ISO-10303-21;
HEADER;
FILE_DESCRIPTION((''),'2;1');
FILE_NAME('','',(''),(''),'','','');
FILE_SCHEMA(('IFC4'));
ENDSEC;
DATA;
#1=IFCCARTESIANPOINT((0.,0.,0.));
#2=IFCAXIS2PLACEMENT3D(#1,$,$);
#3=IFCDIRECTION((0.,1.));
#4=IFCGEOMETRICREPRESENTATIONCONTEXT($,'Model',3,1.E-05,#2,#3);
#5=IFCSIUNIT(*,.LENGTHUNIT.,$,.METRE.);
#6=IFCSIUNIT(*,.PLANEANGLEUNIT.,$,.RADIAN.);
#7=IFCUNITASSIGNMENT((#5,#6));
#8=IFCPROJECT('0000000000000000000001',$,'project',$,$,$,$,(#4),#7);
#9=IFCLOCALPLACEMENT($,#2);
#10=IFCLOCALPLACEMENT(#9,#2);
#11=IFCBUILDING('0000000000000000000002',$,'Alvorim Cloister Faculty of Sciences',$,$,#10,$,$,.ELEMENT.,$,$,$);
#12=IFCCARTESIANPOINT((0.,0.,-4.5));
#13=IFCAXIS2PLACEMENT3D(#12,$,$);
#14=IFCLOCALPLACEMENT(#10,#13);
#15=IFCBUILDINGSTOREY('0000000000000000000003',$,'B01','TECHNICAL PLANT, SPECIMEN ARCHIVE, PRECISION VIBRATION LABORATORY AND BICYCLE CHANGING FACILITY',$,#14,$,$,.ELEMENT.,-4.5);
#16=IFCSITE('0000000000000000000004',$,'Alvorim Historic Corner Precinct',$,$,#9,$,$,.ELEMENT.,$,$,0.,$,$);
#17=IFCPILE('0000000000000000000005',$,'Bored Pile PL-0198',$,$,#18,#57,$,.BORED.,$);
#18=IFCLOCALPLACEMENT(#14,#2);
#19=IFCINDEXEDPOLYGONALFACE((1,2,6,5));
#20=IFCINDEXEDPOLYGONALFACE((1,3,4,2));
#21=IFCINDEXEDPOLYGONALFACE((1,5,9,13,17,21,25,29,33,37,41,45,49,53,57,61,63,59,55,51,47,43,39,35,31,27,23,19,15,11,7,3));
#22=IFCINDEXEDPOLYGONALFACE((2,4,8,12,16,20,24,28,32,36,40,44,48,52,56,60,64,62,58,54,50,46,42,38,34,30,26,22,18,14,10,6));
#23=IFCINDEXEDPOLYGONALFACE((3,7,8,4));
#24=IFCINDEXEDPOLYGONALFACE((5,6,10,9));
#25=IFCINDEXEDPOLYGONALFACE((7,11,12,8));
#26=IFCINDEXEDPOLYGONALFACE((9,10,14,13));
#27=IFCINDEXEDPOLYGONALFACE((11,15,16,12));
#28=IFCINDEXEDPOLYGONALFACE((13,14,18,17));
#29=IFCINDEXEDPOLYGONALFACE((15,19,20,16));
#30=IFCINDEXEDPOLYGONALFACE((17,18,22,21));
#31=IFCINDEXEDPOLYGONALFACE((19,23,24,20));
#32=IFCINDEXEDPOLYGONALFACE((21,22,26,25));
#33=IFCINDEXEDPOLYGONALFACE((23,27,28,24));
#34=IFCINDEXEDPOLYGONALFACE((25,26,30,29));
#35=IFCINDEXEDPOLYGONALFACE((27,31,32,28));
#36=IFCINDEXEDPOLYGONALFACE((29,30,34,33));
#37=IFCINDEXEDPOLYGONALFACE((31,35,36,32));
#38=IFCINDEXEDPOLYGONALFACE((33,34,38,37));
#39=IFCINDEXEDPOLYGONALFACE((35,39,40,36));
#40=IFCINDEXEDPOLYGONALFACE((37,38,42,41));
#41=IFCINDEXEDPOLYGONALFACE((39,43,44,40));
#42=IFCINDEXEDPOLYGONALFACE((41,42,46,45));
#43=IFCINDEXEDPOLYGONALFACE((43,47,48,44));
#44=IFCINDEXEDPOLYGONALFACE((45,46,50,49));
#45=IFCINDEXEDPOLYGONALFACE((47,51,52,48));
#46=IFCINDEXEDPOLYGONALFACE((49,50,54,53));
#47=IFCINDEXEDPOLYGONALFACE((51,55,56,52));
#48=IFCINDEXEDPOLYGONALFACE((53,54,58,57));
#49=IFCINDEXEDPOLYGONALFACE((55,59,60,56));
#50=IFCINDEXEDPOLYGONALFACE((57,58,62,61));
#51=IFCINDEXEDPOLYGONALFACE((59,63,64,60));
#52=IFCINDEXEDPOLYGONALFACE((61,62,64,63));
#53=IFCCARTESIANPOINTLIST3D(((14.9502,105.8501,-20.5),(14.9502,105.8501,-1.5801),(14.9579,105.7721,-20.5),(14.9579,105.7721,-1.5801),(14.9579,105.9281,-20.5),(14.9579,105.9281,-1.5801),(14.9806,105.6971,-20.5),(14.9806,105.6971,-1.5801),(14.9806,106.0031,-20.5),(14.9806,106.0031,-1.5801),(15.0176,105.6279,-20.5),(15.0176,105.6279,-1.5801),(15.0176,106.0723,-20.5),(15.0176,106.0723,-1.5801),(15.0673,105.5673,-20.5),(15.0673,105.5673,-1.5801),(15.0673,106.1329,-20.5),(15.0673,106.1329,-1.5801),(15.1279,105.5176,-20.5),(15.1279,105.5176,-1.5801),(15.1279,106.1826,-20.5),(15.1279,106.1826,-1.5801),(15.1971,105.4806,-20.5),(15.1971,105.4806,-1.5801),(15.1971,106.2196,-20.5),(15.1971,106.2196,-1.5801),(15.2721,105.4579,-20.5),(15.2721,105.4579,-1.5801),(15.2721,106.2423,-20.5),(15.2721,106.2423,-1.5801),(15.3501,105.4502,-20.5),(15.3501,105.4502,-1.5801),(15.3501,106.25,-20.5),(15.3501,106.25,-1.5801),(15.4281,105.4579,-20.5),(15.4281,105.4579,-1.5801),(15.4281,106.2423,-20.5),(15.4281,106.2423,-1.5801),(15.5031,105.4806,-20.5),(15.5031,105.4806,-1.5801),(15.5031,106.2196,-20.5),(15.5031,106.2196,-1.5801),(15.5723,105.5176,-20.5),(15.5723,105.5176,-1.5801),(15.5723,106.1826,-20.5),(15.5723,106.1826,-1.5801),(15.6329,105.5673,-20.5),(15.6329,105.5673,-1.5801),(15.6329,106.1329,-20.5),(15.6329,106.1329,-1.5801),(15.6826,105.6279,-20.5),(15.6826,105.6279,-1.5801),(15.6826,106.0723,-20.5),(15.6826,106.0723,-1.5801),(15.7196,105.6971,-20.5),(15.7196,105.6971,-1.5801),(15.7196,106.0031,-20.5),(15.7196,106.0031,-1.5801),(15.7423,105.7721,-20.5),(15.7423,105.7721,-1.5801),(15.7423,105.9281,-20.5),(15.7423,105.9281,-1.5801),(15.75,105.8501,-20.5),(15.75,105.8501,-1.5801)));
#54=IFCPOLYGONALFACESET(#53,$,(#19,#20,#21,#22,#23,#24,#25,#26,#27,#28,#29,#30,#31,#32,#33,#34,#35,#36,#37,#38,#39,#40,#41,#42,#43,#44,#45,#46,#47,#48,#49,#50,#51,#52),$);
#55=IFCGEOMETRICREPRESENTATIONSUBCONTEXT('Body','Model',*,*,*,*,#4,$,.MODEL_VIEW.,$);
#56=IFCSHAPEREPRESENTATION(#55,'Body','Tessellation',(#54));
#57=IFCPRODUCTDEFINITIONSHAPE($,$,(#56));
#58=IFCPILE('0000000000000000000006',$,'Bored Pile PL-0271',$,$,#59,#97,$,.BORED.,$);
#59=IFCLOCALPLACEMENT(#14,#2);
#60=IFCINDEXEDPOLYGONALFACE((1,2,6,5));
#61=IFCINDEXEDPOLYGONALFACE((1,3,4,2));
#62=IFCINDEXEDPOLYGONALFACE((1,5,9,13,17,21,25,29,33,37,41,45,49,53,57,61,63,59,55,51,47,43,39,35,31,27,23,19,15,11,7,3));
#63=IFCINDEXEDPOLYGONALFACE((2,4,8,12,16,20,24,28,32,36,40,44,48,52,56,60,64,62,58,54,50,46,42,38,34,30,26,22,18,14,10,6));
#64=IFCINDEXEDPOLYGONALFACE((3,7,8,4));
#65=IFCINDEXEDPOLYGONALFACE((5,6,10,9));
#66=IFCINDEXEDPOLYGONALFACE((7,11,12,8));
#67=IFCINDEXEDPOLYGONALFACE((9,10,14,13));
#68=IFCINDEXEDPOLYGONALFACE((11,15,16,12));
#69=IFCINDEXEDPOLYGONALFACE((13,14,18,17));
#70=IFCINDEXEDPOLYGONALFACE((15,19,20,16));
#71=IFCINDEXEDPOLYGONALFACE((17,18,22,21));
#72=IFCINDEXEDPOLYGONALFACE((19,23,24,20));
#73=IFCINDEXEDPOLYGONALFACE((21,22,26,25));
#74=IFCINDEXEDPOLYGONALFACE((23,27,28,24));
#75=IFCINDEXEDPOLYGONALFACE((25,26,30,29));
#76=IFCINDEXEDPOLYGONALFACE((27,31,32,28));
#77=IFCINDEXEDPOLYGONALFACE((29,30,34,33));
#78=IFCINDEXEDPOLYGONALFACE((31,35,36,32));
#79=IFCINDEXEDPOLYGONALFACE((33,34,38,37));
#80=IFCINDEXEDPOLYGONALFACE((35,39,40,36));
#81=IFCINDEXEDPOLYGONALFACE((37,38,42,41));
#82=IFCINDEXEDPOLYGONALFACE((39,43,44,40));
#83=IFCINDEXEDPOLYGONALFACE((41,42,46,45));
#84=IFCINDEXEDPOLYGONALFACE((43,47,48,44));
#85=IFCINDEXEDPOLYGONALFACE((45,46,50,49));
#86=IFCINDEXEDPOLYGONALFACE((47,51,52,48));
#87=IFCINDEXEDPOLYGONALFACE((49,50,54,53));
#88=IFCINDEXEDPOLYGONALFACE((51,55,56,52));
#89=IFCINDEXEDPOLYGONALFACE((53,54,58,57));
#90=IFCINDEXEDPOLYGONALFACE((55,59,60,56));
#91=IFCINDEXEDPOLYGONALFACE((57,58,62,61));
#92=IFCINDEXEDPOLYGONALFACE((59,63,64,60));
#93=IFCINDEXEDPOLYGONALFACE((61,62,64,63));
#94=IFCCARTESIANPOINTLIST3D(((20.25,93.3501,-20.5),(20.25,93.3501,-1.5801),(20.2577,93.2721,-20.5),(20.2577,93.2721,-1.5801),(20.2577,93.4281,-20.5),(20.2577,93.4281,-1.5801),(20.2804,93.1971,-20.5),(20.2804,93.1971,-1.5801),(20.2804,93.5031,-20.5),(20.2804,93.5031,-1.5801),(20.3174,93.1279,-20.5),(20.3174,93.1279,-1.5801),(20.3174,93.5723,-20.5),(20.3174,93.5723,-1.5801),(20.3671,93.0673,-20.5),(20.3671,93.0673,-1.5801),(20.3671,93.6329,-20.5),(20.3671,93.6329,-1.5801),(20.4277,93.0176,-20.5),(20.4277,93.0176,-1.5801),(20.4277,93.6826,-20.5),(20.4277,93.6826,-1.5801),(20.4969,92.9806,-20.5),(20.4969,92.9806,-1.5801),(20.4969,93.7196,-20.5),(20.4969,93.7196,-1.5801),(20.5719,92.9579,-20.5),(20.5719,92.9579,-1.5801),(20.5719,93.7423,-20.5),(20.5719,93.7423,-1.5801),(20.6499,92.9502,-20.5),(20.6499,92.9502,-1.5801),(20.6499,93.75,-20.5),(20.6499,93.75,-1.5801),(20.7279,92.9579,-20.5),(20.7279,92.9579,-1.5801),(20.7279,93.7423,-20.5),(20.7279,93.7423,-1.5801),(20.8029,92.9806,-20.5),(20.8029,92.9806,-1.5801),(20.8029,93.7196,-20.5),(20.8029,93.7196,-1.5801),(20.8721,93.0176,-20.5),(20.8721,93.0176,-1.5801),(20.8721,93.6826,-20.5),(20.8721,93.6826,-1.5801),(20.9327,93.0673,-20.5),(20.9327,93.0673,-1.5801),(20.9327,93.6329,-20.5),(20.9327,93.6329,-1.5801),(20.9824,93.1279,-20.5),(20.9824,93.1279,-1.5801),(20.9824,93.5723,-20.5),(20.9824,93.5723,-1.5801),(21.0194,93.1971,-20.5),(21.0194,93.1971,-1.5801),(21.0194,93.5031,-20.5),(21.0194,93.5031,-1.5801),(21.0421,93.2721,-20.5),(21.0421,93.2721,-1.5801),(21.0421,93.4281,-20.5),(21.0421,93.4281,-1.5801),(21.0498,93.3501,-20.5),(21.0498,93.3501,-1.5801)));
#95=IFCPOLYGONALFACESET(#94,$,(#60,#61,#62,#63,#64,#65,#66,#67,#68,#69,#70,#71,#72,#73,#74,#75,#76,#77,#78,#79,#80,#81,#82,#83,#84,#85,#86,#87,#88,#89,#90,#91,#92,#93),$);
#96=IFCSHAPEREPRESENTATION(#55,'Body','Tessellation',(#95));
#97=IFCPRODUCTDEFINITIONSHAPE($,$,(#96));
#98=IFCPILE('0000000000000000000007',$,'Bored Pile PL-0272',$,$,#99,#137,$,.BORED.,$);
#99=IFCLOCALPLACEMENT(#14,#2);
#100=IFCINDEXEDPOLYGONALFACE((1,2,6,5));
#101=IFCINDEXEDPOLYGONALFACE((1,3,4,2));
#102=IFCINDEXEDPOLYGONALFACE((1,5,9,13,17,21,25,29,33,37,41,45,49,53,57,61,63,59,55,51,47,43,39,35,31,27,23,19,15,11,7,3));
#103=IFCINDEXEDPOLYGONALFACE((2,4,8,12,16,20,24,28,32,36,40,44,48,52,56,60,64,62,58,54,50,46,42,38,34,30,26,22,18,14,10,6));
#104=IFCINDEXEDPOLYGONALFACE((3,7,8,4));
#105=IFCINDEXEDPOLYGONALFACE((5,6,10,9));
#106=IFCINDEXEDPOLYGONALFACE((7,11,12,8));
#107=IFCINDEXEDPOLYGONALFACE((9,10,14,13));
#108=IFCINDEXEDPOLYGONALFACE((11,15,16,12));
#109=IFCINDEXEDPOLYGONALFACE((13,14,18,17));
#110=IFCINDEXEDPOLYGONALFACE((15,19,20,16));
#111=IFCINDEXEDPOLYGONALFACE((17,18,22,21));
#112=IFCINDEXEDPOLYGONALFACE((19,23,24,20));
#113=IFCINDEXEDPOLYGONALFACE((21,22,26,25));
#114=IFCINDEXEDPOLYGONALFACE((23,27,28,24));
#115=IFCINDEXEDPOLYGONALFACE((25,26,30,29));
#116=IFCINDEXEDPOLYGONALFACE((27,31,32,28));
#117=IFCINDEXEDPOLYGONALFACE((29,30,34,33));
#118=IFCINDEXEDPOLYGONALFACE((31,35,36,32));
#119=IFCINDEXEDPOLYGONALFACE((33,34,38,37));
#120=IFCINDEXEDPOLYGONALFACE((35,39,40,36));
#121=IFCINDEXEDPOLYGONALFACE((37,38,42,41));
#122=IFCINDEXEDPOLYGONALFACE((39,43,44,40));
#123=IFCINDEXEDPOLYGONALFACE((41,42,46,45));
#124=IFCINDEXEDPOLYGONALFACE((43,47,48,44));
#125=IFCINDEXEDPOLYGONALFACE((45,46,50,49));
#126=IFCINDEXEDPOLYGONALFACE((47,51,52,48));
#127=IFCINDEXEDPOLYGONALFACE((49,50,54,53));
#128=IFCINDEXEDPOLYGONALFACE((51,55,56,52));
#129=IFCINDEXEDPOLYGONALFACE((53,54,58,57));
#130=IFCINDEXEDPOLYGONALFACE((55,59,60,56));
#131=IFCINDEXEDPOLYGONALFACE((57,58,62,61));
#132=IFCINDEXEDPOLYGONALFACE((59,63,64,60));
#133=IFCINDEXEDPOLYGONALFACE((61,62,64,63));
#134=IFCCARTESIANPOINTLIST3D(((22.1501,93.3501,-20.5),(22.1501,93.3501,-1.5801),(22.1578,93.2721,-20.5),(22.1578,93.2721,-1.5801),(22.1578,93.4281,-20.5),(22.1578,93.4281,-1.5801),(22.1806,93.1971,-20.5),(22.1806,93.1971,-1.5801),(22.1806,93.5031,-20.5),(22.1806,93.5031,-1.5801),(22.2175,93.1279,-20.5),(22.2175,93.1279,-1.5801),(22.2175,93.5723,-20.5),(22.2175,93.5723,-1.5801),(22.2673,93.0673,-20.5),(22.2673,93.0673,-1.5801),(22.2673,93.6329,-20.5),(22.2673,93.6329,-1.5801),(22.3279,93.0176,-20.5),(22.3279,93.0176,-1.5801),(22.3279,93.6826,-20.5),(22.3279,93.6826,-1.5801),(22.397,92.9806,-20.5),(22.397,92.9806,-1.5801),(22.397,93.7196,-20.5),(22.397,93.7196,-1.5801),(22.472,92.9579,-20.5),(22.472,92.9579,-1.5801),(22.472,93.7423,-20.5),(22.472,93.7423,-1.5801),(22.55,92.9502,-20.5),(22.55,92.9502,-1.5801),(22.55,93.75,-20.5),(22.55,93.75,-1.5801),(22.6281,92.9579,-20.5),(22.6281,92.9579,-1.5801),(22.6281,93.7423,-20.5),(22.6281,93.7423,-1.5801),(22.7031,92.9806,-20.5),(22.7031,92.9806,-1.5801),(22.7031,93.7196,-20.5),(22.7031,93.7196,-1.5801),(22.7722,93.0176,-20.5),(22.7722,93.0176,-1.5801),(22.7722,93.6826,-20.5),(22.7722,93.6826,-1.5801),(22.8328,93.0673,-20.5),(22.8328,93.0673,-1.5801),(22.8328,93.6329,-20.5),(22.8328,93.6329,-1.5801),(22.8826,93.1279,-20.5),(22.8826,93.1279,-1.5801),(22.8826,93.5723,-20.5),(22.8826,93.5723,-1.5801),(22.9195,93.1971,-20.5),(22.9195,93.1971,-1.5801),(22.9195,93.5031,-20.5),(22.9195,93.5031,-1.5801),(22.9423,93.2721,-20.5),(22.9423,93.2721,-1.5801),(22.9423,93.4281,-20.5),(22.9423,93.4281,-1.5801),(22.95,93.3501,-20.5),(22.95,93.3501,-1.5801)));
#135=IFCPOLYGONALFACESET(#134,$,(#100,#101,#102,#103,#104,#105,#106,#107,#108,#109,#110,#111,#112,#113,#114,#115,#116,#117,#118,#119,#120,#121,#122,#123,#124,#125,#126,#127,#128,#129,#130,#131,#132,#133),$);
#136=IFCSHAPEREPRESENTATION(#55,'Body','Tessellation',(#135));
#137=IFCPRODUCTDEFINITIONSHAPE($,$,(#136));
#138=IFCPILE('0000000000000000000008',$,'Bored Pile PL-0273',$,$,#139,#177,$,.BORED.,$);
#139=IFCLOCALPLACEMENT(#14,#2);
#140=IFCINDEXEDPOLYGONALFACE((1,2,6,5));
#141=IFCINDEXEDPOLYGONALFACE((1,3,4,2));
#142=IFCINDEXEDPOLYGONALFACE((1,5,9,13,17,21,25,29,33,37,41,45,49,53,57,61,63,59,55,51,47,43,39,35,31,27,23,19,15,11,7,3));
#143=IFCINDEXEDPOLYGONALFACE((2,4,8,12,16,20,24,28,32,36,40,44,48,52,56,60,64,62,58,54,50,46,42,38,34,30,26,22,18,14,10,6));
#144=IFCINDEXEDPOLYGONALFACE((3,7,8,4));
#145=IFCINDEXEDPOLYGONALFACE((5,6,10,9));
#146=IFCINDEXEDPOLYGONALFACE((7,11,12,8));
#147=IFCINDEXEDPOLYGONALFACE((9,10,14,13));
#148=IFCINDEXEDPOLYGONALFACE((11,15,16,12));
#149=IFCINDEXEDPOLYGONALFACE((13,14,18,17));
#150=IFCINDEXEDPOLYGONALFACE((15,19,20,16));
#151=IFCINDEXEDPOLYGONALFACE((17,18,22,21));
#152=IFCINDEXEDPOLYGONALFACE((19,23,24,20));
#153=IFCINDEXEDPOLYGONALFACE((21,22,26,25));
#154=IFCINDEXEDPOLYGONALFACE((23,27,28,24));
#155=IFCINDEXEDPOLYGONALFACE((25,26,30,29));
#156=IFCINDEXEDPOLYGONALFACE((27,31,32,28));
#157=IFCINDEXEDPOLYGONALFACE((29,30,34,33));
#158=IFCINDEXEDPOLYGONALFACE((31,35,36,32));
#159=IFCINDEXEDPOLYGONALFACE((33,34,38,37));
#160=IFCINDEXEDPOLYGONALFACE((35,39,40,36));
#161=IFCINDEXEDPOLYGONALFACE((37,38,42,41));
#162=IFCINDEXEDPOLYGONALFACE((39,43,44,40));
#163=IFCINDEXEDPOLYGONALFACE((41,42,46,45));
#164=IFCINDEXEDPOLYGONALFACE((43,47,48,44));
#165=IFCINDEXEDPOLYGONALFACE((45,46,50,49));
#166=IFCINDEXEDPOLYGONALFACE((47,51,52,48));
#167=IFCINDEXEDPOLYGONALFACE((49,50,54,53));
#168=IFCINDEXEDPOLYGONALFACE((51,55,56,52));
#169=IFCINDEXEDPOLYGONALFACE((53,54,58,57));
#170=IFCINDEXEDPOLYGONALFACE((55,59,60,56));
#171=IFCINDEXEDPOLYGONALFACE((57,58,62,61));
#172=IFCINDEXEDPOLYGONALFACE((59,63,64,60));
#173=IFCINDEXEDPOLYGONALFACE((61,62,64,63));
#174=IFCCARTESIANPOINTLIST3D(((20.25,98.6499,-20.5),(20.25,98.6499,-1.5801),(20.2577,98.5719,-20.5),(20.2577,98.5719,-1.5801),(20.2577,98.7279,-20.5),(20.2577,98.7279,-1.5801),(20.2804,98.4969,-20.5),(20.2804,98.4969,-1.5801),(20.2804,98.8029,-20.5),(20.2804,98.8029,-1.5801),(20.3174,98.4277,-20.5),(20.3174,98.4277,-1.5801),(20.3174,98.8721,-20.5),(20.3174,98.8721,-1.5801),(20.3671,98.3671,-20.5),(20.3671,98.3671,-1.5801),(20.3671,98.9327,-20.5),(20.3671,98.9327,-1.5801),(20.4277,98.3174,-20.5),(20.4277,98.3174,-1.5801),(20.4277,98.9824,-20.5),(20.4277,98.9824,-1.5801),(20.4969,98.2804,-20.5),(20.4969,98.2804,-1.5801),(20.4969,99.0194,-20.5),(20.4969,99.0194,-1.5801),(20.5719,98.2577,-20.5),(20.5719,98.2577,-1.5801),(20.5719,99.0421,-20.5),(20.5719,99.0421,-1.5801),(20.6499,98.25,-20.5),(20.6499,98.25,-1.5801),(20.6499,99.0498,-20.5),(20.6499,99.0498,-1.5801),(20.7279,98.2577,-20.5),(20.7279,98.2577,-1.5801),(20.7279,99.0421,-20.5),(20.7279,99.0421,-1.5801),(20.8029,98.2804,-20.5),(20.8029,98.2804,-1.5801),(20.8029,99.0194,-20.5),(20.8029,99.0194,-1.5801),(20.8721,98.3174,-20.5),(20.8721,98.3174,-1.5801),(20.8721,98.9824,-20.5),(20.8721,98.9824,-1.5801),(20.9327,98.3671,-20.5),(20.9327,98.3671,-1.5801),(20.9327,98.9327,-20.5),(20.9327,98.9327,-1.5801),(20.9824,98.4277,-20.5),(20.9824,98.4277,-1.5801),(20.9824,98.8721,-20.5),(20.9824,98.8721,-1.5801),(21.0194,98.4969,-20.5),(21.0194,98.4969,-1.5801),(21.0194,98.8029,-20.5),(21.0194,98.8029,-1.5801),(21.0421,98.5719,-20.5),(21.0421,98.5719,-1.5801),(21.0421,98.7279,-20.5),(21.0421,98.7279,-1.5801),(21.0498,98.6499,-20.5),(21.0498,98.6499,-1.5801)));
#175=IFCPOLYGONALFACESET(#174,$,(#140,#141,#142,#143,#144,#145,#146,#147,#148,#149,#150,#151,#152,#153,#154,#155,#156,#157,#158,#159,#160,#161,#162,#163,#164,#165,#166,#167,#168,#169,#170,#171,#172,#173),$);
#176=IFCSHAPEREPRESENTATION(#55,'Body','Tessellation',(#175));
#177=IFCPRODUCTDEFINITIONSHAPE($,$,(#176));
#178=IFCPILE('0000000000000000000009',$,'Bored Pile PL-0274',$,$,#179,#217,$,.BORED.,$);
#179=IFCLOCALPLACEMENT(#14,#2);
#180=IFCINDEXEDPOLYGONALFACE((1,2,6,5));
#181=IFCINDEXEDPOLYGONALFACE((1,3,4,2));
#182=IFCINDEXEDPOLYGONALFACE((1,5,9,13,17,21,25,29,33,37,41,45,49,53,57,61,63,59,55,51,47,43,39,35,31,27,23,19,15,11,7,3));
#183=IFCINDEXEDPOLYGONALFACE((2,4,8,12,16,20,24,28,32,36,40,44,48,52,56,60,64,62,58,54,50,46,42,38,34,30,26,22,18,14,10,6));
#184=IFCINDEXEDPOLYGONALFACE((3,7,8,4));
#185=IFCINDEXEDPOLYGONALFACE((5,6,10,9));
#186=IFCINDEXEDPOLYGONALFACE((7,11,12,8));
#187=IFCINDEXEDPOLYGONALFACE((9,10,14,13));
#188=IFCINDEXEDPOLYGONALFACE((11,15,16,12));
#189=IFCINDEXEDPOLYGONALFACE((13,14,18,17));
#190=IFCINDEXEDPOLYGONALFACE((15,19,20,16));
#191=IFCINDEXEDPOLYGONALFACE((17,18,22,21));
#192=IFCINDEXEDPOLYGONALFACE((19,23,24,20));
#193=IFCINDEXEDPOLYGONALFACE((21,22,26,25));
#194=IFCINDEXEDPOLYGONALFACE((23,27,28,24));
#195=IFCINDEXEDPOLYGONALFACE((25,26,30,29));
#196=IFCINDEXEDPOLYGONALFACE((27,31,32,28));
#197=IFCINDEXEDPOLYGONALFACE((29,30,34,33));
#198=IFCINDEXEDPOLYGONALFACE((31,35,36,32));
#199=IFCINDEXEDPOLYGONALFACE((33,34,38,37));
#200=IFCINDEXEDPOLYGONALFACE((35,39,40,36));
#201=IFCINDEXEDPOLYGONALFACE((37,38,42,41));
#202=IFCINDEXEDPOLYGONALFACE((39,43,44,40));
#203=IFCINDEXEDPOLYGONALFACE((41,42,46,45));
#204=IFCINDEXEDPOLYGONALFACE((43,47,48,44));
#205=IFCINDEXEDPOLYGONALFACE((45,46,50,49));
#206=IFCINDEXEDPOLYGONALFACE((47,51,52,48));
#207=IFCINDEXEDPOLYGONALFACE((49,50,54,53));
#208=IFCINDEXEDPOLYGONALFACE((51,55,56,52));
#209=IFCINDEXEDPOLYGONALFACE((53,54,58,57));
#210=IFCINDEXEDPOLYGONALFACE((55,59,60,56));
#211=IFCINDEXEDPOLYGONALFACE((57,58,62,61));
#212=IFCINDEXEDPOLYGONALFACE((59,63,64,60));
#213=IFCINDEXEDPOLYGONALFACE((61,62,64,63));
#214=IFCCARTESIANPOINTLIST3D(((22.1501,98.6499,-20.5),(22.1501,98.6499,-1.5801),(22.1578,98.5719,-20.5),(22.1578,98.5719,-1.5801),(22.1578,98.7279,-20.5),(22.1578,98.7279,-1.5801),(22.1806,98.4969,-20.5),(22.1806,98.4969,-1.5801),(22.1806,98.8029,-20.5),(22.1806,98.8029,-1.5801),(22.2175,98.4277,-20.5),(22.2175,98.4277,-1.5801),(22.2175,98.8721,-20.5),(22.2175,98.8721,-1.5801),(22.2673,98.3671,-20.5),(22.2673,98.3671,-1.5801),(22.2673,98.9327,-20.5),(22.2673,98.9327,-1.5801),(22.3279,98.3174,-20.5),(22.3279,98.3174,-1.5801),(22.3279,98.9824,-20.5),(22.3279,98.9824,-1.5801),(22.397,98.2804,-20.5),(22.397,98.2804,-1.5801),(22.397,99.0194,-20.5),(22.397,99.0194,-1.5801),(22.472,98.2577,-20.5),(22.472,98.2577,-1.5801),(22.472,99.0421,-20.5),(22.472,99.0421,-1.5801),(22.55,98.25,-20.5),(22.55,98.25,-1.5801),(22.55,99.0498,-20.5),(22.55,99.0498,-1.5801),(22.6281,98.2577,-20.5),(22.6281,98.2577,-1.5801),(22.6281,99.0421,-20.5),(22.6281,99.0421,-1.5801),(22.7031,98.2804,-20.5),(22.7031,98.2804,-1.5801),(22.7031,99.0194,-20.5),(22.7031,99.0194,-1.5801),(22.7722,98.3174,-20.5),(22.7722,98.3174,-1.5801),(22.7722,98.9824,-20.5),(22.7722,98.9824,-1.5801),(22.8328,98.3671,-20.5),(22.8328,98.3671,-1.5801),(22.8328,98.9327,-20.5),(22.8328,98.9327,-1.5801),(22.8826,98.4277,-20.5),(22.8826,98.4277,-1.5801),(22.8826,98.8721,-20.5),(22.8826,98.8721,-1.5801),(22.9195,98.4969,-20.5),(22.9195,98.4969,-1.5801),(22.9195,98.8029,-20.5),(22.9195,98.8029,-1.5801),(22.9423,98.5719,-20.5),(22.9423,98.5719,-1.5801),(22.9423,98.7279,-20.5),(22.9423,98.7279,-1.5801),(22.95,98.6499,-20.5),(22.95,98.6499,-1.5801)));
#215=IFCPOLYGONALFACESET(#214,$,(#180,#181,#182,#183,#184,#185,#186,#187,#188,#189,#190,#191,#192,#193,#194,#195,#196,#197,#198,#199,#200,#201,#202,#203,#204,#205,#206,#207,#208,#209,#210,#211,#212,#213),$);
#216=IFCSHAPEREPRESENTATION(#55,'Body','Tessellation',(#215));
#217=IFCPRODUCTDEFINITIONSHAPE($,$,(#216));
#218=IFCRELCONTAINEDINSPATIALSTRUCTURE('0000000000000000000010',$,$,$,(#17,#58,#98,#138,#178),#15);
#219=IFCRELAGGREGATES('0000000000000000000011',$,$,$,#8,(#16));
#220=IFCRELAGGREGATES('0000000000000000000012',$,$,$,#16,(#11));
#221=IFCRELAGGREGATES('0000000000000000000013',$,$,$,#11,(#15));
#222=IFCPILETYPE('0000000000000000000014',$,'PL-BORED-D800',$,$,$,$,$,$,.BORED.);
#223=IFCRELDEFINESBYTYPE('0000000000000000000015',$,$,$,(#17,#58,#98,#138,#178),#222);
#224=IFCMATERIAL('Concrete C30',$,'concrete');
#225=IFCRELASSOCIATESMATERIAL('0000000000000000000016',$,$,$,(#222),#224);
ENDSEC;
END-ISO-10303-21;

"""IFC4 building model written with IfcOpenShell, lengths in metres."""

from ifc_helpers import new_model, si_unit, direction, frame, origin, origin_2d, place, context, subcontext, project, spatial, circle, extrude, material, material_profile, profile_set, type_object, element, save


model = new_model("IFC4")

# Units and contexts
model_context = context("Model", 3, precision=1e-05, world=origin(), true_north=direction((0.0, 1.0)))
body_context = subcontext(model_context, "Body", "Model", "MODEL_VIEW")
ifc_project = project(units=[si_unit("LENGTHUNIT", "METRE"), si_unit("PLANEANGLEUNIT", "RADIAN")], contexts=[model_context])

# Site, building, storey
site_placement = place(None, origin())
site = spatial("IfcSite", under=ifc_project, at=site_placement, Name="Alvorim Historic Corner Precinct", CompositionType="ELEMENT", RefElevation=0.0)
building_placement = place(site_placement, origin())
building = spatial("IfcBuilding", under=site, at=building_placement, Name="Alvorim Cloister Faculty of Sciences", CompositionType="ELEMENT")
storey_placement = place(building_placement, frame((0.0, 0.0, -4.5)))
storey = spatial("IfcBuildingStorey", under=building, at=storey_placement, Name="B01", Description="TECHNICAL PLANT, SPECIMEN ARCHIVE, PRECISION VIBRATION LABORATORY AND BICYCLE CHANGING FACILITY", CompositionType="ELEMENT", Elevation=-4.5)

# Piles
ifc_material_1 = material(Name="Concrete C30", Category="concrete")
ifc_material_profile_1 = material_profile(ifc_material_1, circle(Radius=0.3999, at=origin_2d()), Name="PILE-D800")
ifc_profile_set_1 = profile_set([ifc_material_profile_1], Name="Concrete C30")
pile_type = type_object("IfcPileType", Name="PL-BORED-D800", PredefinedType="BORED", material=ifc_profile_set_1)
for number, where, z_axis, x_axis, name in (
    (1, (15.3501, 105.8501, -1.5801), (0.0, 0.0, -1.0), (1.0, 0.0, 0.0), "Bored Pile PL-0198"),
    (2, (20.6499, 93.3501, -1.5801), (0.0, 0.0, -1.0), (1.0, 0.0, 0.0), "Bored Pile PL-0271"),
    (3, (22.55, 93.3501, -1.5801), (0.0, 0.0, -1.0), (1.0, 0.0, 0.0), "Bored Pile PL-0272"),
    (4, (20.6499, 98.6499, -1.5801), (0.0, 0.0, -1.0), (1.0, 0.0, 0.0), "Bored Pile PL-0273"),
    (5, (22.55, 98.6499, -1.5801), (0.0, 0.0, -1.0), (1.0, 0.0, 0.0), "Bored Pile PL-0274"),
):
    element("IfcPile", number, at=place(storey_placement, frame(where, z_axis=z_axis, x_axis=x_axis)), inside=storey, type_object=pile_type, Name=name, PredefinedType="BORED", context=body_context, shape_type="SweptSolid", body=[
        extrude(circle(Radius=0.3999, at=origin_2d()), origin(), (0.0, 0.0, 1.0), 18.9199),
    ])

save(model, "model.ifc")
